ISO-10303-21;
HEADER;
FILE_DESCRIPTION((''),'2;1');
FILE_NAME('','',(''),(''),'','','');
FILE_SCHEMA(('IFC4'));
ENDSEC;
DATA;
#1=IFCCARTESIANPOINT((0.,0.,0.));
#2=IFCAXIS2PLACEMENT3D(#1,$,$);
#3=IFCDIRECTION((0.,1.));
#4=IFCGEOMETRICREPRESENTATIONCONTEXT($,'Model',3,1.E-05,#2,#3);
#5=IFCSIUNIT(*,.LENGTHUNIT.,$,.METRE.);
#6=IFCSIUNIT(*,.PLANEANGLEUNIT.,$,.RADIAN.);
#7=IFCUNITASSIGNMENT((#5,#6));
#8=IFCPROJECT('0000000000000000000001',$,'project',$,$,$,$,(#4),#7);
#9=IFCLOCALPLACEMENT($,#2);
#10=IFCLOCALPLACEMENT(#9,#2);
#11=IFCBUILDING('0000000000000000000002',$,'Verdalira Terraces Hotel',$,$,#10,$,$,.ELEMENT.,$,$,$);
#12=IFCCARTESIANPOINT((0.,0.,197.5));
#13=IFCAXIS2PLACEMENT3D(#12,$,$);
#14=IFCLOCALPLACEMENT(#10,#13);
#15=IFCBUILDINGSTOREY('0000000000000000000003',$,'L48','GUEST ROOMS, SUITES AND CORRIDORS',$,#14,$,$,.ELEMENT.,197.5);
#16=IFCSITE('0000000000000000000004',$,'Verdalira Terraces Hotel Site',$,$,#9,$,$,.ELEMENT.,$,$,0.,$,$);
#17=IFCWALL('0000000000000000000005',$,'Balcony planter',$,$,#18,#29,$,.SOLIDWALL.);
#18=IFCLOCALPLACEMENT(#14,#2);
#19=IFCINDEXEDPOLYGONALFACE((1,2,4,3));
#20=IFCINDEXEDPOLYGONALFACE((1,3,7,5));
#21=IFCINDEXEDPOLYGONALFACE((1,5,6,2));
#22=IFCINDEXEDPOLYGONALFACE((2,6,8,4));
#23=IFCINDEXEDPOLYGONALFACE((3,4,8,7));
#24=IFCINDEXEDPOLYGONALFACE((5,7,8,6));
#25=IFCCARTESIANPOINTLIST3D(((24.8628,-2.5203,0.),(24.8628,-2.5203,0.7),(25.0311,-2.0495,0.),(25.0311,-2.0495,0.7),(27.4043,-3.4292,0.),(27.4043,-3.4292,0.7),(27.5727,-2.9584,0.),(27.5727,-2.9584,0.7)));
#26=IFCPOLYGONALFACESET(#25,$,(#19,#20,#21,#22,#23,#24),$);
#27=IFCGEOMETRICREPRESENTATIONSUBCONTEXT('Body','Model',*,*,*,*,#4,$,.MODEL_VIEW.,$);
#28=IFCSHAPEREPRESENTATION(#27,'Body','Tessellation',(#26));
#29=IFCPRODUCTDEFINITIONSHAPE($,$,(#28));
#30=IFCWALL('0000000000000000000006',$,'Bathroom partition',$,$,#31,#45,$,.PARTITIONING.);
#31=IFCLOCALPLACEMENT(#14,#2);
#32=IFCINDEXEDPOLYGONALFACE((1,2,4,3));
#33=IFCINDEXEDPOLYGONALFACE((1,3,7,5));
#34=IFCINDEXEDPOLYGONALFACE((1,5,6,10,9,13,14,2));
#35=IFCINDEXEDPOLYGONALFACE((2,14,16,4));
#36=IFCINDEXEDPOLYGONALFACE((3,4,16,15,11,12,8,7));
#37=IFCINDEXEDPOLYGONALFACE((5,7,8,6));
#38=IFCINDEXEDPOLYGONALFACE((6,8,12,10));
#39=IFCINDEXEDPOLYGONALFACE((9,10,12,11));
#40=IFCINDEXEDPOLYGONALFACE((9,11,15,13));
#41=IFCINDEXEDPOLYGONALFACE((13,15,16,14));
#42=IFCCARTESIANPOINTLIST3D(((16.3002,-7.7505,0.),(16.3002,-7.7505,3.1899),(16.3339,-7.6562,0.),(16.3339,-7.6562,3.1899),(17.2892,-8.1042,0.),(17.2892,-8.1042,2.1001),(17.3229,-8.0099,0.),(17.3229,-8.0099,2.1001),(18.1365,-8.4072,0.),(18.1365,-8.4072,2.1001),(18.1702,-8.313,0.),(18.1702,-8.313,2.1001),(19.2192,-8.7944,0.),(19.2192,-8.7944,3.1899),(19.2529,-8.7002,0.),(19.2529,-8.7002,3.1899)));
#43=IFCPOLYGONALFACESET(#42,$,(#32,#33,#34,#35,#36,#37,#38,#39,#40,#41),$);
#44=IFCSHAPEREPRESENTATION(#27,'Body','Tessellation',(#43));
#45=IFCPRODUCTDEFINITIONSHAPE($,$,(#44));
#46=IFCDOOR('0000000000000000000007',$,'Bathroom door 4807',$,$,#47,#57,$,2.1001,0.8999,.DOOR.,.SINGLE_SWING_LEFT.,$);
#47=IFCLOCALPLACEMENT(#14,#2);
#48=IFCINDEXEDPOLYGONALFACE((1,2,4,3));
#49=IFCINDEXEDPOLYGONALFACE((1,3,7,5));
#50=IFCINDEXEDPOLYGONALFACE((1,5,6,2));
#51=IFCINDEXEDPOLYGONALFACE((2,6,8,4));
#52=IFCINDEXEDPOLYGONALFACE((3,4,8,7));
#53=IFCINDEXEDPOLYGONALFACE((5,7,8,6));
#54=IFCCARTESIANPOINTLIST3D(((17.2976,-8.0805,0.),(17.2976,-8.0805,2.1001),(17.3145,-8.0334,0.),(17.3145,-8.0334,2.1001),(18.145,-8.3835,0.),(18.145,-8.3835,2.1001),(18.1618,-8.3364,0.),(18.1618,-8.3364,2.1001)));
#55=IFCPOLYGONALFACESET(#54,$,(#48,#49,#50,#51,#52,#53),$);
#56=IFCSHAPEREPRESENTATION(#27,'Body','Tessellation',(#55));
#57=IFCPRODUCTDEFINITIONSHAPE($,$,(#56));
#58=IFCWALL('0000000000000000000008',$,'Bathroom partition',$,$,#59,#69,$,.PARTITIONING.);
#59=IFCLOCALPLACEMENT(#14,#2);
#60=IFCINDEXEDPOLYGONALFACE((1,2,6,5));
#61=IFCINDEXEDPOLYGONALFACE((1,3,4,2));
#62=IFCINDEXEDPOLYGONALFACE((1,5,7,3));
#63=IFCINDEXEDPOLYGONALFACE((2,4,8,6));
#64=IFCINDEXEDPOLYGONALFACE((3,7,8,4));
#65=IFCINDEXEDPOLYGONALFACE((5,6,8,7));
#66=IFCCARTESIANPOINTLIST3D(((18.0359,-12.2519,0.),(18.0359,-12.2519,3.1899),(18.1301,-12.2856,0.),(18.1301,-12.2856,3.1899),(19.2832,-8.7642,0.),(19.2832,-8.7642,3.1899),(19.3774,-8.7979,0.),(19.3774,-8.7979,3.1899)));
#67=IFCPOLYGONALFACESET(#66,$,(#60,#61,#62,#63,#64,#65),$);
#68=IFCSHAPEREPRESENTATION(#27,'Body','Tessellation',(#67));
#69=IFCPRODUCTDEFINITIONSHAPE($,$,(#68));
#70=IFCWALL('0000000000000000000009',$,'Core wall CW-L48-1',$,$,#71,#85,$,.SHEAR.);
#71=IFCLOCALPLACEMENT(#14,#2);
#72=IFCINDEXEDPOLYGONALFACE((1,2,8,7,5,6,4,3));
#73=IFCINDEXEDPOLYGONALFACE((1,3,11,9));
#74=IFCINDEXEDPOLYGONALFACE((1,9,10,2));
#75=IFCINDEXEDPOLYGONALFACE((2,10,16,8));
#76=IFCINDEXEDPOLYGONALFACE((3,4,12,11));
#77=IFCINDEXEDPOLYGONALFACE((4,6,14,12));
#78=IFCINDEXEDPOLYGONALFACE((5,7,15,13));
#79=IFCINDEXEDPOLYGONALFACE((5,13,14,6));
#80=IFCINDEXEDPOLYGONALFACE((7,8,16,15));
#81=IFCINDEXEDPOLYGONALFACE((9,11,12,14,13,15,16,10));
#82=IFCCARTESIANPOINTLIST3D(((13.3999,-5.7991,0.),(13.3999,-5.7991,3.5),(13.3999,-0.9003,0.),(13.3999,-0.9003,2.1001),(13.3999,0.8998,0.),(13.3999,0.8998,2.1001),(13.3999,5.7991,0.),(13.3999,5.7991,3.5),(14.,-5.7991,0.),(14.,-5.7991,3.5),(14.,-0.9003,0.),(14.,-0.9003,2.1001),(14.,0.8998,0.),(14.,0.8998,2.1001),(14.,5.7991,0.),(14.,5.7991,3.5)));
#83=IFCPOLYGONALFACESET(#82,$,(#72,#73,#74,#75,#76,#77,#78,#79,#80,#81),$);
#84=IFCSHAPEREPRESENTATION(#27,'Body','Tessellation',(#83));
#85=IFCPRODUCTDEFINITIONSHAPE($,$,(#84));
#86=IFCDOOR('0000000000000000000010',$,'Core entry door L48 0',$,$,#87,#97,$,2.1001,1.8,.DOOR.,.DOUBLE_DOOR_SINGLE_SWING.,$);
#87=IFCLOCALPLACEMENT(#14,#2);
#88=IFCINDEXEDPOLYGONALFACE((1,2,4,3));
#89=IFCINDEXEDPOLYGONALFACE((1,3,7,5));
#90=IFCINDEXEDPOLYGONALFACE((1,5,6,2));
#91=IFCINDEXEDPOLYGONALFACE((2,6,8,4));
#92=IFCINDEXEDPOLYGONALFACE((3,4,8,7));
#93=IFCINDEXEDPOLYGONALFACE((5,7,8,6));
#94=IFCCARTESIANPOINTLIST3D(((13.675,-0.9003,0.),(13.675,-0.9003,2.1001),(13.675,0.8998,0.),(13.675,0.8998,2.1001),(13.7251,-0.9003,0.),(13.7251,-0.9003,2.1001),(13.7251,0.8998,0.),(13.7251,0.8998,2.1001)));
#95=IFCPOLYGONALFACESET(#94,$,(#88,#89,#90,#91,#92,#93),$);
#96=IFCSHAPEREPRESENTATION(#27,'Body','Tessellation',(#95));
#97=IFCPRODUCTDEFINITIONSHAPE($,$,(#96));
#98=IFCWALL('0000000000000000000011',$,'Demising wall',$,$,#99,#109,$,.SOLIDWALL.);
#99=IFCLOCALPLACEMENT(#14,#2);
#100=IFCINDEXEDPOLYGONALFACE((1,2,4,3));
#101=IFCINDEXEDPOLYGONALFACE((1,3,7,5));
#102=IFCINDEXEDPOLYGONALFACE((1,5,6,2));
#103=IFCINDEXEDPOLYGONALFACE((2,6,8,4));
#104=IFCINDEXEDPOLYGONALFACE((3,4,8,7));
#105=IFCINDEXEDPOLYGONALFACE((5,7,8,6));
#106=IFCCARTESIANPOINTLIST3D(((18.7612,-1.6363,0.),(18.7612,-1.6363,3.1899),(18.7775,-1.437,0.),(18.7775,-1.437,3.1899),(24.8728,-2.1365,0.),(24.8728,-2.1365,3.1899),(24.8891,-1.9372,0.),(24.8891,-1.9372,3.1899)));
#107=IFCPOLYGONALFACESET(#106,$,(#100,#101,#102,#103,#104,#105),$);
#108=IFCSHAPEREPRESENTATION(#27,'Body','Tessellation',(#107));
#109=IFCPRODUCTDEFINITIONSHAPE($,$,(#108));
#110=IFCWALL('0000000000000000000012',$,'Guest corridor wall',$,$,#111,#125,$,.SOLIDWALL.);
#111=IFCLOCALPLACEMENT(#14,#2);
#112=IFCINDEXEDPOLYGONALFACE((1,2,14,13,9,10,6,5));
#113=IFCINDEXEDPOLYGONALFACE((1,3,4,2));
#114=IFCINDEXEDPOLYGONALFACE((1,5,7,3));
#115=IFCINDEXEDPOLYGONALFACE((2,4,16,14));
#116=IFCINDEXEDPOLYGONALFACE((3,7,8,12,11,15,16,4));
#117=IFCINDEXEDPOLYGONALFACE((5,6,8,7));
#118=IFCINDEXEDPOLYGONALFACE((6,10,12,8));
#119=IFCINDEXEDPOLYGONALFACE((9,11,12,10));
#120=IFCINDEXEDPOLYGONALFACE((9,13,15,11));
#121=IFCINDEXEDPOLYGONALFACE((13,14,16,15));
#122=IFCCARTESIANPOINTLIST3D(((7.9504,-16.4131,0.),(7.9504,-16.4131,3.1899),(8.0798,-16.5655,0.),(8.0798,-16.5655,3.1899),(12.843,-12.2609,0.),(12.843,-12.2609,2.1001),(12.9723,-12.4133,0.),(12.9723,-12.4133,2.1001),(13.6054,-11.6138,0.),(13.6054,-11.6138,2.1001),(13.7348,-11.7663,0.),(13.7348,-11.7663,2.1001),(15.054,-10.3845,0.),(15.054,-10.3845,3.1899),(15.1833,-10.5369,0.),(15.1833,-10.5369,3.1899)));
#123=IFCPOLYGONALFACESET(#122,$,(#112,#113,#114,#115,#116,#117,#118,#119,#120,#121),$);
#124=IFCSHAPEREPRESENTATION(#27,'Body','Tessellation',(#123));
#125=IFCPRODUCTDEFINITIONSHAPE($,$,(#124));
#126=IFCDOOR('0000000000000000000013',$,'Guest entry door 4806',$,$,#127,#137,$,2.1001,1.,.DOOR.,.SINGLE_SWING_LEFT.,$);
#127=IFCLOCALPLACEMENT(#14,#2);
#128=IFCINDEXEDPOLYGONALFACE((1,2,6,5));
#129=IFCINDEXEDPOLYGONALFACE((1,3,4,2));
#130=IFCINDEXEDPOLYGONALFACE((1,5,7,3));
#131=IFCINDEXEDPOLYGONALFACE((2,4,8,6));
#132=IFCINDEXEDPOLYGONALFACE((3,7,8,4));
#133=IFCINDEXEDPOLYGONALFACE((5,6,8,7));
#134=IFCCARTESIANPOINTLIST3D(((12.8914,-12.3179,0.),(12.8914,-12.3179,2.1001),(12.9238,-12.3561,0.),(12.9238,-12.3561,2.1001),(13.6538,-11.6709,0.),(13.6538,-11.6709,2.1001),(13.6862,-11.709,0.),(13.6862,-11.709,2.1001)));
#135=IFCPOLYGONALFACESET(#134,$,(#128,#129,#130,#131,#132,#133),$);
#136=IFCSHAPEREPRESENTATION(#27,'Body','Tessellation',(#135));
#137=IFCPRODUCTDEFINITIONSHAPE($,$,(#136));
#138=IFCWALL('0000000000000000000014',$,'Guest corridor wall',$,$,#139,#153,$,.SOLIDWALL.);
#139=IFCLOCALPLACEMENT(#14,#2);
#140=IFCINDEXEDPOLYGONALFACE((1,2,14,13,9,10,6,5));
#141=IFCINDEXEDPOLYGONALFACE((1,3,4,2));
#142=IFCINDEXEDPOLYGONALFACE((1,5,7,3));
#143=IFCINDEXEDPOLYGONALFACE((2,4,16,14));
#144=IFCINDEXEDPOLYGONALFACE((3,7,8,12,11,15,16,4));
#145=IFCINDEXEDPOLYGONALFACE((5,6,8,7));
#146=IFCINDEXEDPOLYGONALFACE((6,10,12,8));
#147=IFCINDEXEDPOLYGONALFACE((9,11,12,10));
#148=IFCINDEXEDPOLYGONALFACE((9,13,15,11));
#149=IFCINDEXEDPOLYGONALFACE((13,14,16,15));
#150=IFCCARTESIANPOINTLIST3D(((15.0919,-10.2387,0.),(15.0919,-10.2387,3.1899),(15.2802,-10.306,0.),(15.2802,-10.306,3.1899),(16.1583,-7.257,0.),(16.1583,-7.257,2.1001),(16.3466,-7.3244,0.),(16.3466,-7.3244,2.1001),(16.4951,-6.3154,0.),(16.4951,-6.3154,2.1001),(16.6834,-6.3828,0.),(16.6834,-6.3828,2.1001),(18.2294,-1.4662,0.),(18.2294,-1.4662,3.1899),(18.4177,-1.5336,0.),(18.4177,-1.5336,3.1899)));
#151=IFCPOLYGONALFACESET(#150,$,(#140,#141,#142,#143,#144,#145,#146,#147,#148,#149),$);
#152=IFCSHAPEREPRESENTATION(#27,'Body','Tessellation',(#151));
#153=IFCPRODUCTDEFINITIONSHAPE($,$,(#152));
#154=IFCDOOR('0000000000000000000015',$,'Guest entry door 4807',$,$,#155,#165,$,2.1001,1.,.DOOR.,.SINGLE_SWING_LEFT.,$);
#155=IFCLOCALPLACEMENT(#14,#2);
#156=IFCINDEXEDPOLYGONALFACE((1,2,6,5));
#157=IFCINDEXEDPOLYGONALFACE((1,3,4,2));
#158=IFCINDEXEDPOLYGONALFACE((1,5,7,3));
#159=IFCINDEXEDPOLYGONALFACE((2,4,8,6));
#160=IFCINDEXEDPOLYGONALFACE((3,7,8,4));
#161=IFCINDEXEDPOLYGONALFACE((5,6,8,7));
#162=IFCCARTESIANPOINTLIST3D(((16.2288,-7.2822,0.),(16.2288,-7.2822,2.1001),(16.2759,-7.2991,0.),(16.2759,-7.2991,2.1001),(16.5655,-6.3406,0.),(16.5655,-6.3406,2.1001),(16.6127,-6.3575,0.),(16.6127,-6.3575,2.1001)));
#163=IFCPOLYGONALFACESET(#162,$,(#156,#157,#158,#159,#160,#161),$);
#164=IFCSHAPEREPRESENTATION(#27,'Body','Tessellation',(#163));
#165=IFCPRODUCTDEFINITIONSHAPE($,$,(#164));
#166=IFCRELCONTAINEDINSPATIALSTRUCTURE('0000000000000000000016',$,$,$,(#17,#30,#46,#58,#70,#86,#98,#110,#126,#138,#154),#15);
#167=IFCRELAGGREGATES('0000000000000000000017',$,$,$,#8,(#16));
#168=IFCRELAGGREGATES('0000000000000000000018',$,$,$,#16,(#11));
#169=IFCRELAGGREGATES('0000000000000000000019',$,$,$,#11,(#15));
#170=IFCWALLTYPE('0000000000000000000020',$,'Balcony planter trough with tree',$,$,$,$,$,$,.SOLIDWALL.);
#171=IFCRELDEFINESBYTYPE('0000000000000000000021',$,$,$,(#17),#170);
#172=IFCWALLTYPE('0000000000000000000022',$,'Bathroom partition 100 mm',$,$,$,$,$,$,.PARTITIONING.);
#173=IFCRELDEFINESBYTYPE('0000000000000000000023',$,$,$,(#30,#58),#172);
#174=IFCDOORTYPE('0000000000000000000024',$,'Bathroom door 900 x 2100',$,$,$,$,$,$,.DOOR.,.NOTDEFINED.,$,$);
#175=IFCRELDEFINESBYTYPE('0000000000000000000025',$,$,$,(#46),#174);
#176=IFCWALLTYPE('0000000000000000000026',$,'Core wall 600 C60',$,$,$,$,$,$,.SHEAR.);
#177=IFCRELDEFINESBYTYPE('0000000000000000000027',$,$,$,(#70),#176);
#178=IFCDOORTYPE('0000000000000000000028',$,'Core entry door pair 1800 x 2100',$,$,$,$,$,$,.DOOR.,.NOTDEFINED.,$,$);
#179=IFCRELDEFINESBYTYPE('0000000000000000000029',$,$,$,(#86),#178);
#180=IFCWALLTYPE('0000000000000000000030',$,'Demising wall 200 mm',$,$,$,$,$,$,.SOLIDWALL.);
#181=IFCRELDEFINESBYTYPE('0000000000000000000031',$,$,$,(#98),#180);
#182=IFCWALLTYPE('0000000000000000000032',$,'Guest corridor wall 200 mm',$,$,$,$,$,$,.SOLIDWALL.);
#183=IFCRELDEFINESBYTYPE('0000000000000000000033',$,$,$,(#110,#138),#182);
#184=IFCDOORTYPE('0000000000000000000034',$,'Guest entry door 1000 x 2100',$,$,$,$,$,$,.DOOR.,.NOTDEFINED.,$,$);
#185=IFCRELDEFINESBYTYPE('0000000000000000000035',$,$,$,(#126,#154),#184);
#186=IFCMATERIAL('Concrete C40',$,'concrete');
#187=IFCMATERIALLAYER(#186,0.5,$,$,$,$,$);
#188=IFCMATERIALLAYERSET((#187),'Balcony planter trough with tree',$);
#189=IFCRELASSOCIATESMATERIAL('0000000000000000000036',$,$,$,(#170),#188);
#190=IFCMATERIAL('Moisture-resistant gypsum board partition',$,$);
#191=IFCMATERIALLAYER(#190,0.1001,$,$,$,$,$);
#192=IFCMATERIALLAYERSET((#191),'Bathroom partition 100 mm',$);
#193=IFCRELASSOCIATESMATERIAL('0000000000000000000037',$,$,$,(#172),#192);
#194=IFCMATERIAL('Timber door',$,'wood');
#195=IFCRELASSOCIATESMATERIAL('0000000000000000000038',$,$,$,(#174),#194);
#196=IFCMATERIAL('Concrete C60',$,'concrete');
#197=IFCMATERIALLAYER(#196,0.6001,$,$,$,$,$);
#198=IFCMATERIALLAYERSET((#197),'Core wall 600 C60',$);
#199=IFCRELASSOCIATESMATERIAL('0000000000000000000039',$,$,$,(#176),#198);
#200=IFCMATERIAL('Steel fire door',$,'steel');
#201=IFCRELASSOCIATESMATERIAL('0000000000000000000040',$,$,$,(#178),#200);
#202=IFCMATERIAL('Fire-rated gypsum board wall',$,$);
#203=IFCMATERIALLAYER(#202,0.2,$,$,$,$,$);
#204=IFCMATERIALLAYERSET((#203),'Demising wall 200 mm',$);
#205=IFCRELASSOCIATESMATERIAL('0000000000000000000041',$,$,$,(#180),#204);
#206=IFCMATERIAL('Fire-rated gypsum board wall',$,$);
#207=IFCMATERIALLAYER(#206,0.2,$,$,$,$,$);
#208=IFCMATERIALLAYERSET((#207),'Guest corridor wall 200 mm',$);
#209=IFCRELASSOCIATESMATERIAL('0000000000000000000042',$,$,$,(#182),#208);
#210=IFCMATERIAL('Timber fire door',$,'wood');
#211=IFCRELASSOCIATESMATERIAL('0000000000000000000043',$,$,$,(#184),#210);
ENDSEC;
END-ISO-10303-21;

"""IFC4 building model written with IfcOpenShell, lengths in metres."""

from ifc_helpers import new_model, si_unit, direction, frame, frame_2d, origin, place, context, subcontext, project, spatial, rectangle, extrude, material, layer, layer_set, type_object, element, fill, save


model = new_model("IFC4")

# Units and contexts
model_context = context("Model", 3, precision=1e-05, world=origin(), true_north=direction((0.0, 1.0)))
body_context = subcontext(model_context, "Body", "Model", "MODEL_VIEW")
ifc_project = project(units=[si_unit("LENGTHUNIT", "METRE"), si_unit("PLANEANGLEUNIT", "RADIAN")], contexts=[model_context])

# Site, building, storey
site_placement = place(None, origin())
site = spatial("IfcSite", under=ifc_project, at=site_placement, Name="Verdalira Terraces Hotel Site", CompositionType="ELEMENT", RefElevation=0.0)
building_placement = place(site_placement, origin())
building = spatial("IfcBuilding", under=site, at=building_placement, Name="Verdalira Terraces Hotel", CompositionType="ELEMENT")
storey_placement = place(building_placement, frame((0.0, 0.0, 197.5)))
storey = spatial("IfcBuildingStorey", under=building, at=storey_placement, Name="L48", Description="GUEST ROOMS, SUITES AND CORRIDORS", CompositionType="ELEMENT", Elevation=197.5)

# Wall
ifc_material_1 = material(Name="Concrete C40", Category="concrete")
ifc_layer_1 = layer(ifc_material_1, 0.5)
ifc_layer_set_1 = layer_set([ifc_layer_1], Name="Balcony planter trough with tree")
wall_type_1 = type_object("IfcWallType", Name="Balcony planter trough with tree", PredefinedType="SOLIDWALL", material=ifc_layer_set_1)
wall_1_placement = place(storey_placement, frame((27.4885, -3.1938, 0.0), z_axis=(0.0, 0.0, 1.0), x_axis=(-0.941594, 0.336749, 0.0)))
element("IfcWall", 1, at=wall_1_placement, inside=storey, type_object=wall_type_1, Name="Balcony planter", PredefinedType="SOLIDWALL", context=body_context, shape_type="SweptSolid", body=[
    extrude(rectangle(XDim=2.6992, YDim=0.5, at=frame_2d((1.3496, 0.0))), origin(), (0.0, 0.0, 1.0), 0.7),
])

# Wall, opening, door
ifc_material_2 = material(Name="Moisture-resistant gypsum board partition")
ifc_layer_2 = layer(ifc_material_2, 0.1001)
ifc_layer_set_2 = layer_set([ifc_layer_2], Name="Bathroom partition 100 mm")
wall_type_2 = type_object("IfcWallType", Name="Bathroom partition 100 mm", PredefinedType="PARTITIONING", material=ifc_layer_set_2)
wall_2_placement = place(storey_placement, frame((19.2361, -8.7473, 0.0), z_axis=(0.0, 0.0, 1.0), x_axis=(-0.941592, 0.336755, 0.0)))
wall_2 = element("IfcWall", 2, at=wall_2_placement, inside=storey, type_object=wall_type_2, Name="Bathroom partition", PredefinedType="PARTITIONING", context=body_context, shape_type="SweptSolid", body=[
    extrude(rectangle(XDim=3.1001, YDim=0.1001, at=frame_2d((1.55, 0.0))), origin(), (0.0, 0.0, 1.0), 3.1899),
])
opening_1_placement = place(wall_2_placement, frame((1.1499, 0.0, 0.0)))
opening_1 = element("IfcOpeningElement", 3, at=opening_1_placement, cuts=wall_2, PredefinedType="OPENING", context=body_context, shape_type="SweptSolid", body=[
    extrude(rectangle(XDim=0.8999, YDim=2.1001, at=frame_2d((0.45, 1.05))), frame((0.0, 0.0601, 0.0), z_axis=(0.0, -1.0, 0.0), x_axis=(1.0, 0.0, 0.0)), (0.0, 0.0, 1.0), 0.1201),
])
ifc_material_3 = material(Name="Timber door", Category="wood")
door_type_1 = type_object("IfcDoorType", Name="Bathroom door 900 x 2100", OperationType="NOTDEFINED", PredefinedType="DOOR", material=ifc_material_3)
door_1_placement = place(opening_1_placement, origin())
door_1 = element("IfcDoor", 4, at=door_1_placement, inside=storey, type_object=door_type_1, Name="Bathroom door 4807", OperationType="SINGLE_SWING_LEFT", OverallHeight=2.1001, OverallWidth=0.8999, PredefinedType="DOOR", context=body_context, shape_type="SweptSolid", body=[
    extrude(rectangle(XDim=0.8999, YDim=2.1001, at=frame_2d((0.45, 1.05))), frame((0.0, 0.0249, 0.0), z_axis=(0.0, -1.0, 0.0), x_axis=(1.0, 0.0, 0.0)), (0.0, 0.0, 1.0), 0.05),
])
fill(opening_1, door_1)

# Wall
wall_3_placement = place(storey_placement, frame((19.3303, -8.781, 0.0), z_axis=(0.0, 0.0, 1.0), x_axis=(-0.336737, -0.941599, 0.0)))
element("IfcWall", 5, at=wall_3_placement, inside=storey, type_object=wall_type_2, Name="Bathroom partition", PredefinedType="PARTITIONING", context=body_context, shape_type="SweptSolid", body=[
    extrude(rectangle(XDim=3.7041, YDim=0.1001, at=frame_2d((1.8521, 0.0))), origin(), (0.0, 0.0, 1.0), 3.1899),
])

# Wall, opening, door
ifc_material_4 = material(Name="Concrete C60", Category="concrete")
ifc_layer_3 = layer(ifc_material_4, 0.6001)
ifc_layer_set_3 = layer_set([ifc_layer_3], Name="Core wall 600 C60")
wall_type_3 = type_object("IfcWallType", Name="Core wall 600 C60", PredefinedType="SHEAR", material=ifc_layer_set_3)
wall_4_placement = place(storey_placement, frame((13.7, -5.7991, 0.0), z_axis=(0.0, 0.0, 1.0), x_axis=(0.0, 1.0, 0.0)))
wall_4 = element("IfcWall", 6, at=wall_4_placement, inside=storey, type_object=wall_type_3, Name="Core wall CW-L48-1", PredefinedType="SHEAR", context=body_context, shape_type="SweptSolid", body=[
    extrude(rectangle(XDim=11.5981, YDim=0.6001, at=frame_2d((5.7991, 0.0))), origin(), (0.0, 0.0, 1.0), 3.5),
])
opening_2_placement = place(wall_4_placement, frame((4.8989, 0.0, 0.0)))
opening_2 = element("IfcOpeningElement", 7, at=opening_2_placement, cuts=wall_4, PredefinedType="OPENING", context=body_context, shape_type="SweptSolid", body=[
    extrude(rectangle(XDim=1.8, YDim=2.1001, at=frame_2d((0.8999, 1.05))), frame((0.0, 0.3101, 0.0), z_axis=(0.0, -1.0, 0.0), x_axis=(1.0, 0.0, 0.0)), (0.0, 0.0, 1.0), 0.6201),
])
ifc_material_5 = material(Name="Steel fire door", Category="steel")
door_type_2 = type_object("IfcDoorType", Name="Core entry door pair 1800 x 2100", OperationType="NOTDEFINED", PredefinedType="DOOR", material=ifc_material_5)
door_2_placement = place(opening_2_placement, origin())
door_2 = element("IfcDoor", 8, at=door_2_placement, inside=storey, type_object=door_type_2, Name="Core entry door L48 0", OperationType="DOUBLE_DOOR_SINGLE_SWING", OverallHeight=2.1001, OverallWidth=1.8, PredefinedType="DOOR", context=body_context, shape_type="SweptSolid", body=[
    extrude(rectangle(XDim=1.8, YDim=2.1001, at=frame_2d((0.8999, 1.05))), frame((0.0, 0.0249, 0.0), z_axis=(0.0, -1.0, 0.0), x_axis=(1.0, 0.0, 0.0)), (0.0, 0.0, 1.0), 0.05),
])
fill(opening_2, door_2)

# Wall
ifc_material_6 = material(Name="Fire-rated gypsum board wall")
ifc_layer_4 = layer(ifc_material_6, 0.2)
ifc_layer_set_4 = layer_set([ifc_layer_4], Name="Demising wall 200 mm")
wall_type_4 = type_object("IfcWallType", Name="Demising wall 200 mm", PredefinedType="SOLIDWALL", material=ifc_layer_set_4)
wall_5_placement = place(storey_placement, frame((24.8809, -2.0369, 0.0), z_axis=(0.0, 0.0, 1.0), x_axis=(-0.996667, 0.081579, 0.0)))
element("IfcWall", 9, at=wall_5_placement, inside=storey, type_object=wall_type_4, Name="Demising wall", PredefinedType="SOLIDWALL", context=body_context, shape_type="SweptSolid", body=[
    extrude(rectangle(XDim=6.1321, YDim=0.2, at=frame_2d((3.0659, 0.0))), origin(), (0.0, 0.0, 1.0), 3.1899),
])

# Walls, openings, doors
ifc_material_7 = material(Name="Fire-rated gypsum board wall")
ifc_layer_5 = layer(ifc_material_7, 0.2)
ifc_layer_set_5 = layer_set([ifc_layer_5], Name="Guest corridor wall 200 mm")
wall_type_5 = type_object("IfcWallType", Name="Guest corridor wall 200 mm", PredefinedType="SOLIDWALL", material=ifc_layer_set_5)
wall_6_placement = place(storey_placement, frame((15.1187, -10.4607, 0.0), z_axis=(0.0, 0.0, 1.0), x_axis=(-0.762438, -0.647061, 0.0)))
wall_6 = element("IfcWall", 10, at=wall_6_placement, inside=storey, type_object=wall_type_5, Name="Guest corridor wall", PredefinedType="SOLIDWALL", context=body_context, shape_type="SweptSolid", body=[
    extrude(rectangle(XDim=9.3169, YDim=0.2, at=frame_2d((4.6584, 0.0))), origin(), (0.0, 0.0, 1.0), 3.1899),
])
opening_3_placement = place(wall_6_placement, frame((1.8999, 0.0, 0.0)))
opening_3 = element("IfcOpeningElement", 11, at=opening_3_placement, cuts=wall_6, PredefinedType="OPENING", context=body_context, shape_type="SweptSolid", body=[
    extrude(rectangle(XDim=1.0, YDim=2.1001, at=frame_2d((0.5, 1.05))), frame((0.0, 0.1099, 0.0), z_axis=(0.0, -1.0, 0.0), x_axis=(1.0, 0.0, 0.0)), (0.0, 0.0, 1.0), 0.22),
])
ifc_material_8 = material(Name="Timber fire door", Category="wood")
door_type_3 = type_object("IfcDoorType", Name="Guest entry door 1000 x 2100", OperationType="NOTDEFINED", PredefinedType="DOOR", material=ifc_material_8)
door_3_placement = place(opening_3_placement, origin())
door_3 = element("IfcDoor", 12, at=door_3_placement, inside=storey, type_object=door_type_3, Name="Guest entry door 4806", OperationType="SINGLE_SWING_LEFT", OverallHeight=2.1001, OverallWidth=1.0, PredefinedType="DOOR", context=body_context, shape_type="SweptSolid", body=[
    extrude(rectangle(XDim=1.0, YDim=2.1001, at=frame_2d((0.5, 1.05))), frame((0.0, 0.0249, 0.0), z_axis=(0.0, -1.0, 0.0), x_axis=(1.0, 0.0, 0.0)), (0.0, 0.0, 1.0), 0.05),
])
fill(opening_3, door_3)
wall_7_placement = place(storey_placement, frame((18.3235, -1.5, 0.0), z_axis=(0.0, 0.0, 1.0), x_axis=(-0.336758, -0.941591, 0.0)))
wall_7 = element("IfcWall", 13, at=wall_7_placement, inside=storey, type_object=wall_type_5, Name="Guest corridor wall", PredefinedType="SOLIDWALL", context=body_context, shape_type="SweptSolid", body=[
    extrude(rectangle(XDim=9.3166, YDim=0.2, at=frame_2d((4.6582, 0.0))), origin(), (0.0, 0.0, 1.0), 3.1899),
])
opening_4_placement = place(wall_7_placement, frame((5.1499, 0.0, 0.0)))
opening_4 = element("IfcOpeningElement", 14, at=opening_4_placement, cuts=wall_7, PredefinedType="OPENING", context=body_context, shape_type="SweptSolid", body=[
    extrude(rectangle(XDim=1.0, YDim=2.1001, at=frame_2d((0.5, 1.05))), frame((0.0, 0.1099, 0.0), z_axis=(0.0, -1.0, 0.0), x_axis=(1.0, 0.0, 0.0)), (0.0, 0.0, 1.0), 0.22),
])
door_4_placement = place(opening_4_placement, origin())
door_4 = element("IfcDoor", 15, at=door_4_placement, inside=storey, type_object=door_type_3, Name="Guest entry door 4807", OperationType="SINGLE_SWING_LEFT", OverallHeight=2.1001, OverallWidth=1.0, PredefinedType="DOOR", context=body_context, shape_type="SweptSolid", body=[
    extrude(rectangle(XDim=1.0, YDim=2.1001, at=frame_2d((0.5, 1.05))), frame((0.0, 0.0249, 0.0), z_axis=(0.0, -1.0, 0.0), x_axis=(1.0, 0.0, 0.0)), (0.0, 0.0, 1.0), 0.05),
])
fill(opening_4, door_4)

save(model, "model.ifc")
